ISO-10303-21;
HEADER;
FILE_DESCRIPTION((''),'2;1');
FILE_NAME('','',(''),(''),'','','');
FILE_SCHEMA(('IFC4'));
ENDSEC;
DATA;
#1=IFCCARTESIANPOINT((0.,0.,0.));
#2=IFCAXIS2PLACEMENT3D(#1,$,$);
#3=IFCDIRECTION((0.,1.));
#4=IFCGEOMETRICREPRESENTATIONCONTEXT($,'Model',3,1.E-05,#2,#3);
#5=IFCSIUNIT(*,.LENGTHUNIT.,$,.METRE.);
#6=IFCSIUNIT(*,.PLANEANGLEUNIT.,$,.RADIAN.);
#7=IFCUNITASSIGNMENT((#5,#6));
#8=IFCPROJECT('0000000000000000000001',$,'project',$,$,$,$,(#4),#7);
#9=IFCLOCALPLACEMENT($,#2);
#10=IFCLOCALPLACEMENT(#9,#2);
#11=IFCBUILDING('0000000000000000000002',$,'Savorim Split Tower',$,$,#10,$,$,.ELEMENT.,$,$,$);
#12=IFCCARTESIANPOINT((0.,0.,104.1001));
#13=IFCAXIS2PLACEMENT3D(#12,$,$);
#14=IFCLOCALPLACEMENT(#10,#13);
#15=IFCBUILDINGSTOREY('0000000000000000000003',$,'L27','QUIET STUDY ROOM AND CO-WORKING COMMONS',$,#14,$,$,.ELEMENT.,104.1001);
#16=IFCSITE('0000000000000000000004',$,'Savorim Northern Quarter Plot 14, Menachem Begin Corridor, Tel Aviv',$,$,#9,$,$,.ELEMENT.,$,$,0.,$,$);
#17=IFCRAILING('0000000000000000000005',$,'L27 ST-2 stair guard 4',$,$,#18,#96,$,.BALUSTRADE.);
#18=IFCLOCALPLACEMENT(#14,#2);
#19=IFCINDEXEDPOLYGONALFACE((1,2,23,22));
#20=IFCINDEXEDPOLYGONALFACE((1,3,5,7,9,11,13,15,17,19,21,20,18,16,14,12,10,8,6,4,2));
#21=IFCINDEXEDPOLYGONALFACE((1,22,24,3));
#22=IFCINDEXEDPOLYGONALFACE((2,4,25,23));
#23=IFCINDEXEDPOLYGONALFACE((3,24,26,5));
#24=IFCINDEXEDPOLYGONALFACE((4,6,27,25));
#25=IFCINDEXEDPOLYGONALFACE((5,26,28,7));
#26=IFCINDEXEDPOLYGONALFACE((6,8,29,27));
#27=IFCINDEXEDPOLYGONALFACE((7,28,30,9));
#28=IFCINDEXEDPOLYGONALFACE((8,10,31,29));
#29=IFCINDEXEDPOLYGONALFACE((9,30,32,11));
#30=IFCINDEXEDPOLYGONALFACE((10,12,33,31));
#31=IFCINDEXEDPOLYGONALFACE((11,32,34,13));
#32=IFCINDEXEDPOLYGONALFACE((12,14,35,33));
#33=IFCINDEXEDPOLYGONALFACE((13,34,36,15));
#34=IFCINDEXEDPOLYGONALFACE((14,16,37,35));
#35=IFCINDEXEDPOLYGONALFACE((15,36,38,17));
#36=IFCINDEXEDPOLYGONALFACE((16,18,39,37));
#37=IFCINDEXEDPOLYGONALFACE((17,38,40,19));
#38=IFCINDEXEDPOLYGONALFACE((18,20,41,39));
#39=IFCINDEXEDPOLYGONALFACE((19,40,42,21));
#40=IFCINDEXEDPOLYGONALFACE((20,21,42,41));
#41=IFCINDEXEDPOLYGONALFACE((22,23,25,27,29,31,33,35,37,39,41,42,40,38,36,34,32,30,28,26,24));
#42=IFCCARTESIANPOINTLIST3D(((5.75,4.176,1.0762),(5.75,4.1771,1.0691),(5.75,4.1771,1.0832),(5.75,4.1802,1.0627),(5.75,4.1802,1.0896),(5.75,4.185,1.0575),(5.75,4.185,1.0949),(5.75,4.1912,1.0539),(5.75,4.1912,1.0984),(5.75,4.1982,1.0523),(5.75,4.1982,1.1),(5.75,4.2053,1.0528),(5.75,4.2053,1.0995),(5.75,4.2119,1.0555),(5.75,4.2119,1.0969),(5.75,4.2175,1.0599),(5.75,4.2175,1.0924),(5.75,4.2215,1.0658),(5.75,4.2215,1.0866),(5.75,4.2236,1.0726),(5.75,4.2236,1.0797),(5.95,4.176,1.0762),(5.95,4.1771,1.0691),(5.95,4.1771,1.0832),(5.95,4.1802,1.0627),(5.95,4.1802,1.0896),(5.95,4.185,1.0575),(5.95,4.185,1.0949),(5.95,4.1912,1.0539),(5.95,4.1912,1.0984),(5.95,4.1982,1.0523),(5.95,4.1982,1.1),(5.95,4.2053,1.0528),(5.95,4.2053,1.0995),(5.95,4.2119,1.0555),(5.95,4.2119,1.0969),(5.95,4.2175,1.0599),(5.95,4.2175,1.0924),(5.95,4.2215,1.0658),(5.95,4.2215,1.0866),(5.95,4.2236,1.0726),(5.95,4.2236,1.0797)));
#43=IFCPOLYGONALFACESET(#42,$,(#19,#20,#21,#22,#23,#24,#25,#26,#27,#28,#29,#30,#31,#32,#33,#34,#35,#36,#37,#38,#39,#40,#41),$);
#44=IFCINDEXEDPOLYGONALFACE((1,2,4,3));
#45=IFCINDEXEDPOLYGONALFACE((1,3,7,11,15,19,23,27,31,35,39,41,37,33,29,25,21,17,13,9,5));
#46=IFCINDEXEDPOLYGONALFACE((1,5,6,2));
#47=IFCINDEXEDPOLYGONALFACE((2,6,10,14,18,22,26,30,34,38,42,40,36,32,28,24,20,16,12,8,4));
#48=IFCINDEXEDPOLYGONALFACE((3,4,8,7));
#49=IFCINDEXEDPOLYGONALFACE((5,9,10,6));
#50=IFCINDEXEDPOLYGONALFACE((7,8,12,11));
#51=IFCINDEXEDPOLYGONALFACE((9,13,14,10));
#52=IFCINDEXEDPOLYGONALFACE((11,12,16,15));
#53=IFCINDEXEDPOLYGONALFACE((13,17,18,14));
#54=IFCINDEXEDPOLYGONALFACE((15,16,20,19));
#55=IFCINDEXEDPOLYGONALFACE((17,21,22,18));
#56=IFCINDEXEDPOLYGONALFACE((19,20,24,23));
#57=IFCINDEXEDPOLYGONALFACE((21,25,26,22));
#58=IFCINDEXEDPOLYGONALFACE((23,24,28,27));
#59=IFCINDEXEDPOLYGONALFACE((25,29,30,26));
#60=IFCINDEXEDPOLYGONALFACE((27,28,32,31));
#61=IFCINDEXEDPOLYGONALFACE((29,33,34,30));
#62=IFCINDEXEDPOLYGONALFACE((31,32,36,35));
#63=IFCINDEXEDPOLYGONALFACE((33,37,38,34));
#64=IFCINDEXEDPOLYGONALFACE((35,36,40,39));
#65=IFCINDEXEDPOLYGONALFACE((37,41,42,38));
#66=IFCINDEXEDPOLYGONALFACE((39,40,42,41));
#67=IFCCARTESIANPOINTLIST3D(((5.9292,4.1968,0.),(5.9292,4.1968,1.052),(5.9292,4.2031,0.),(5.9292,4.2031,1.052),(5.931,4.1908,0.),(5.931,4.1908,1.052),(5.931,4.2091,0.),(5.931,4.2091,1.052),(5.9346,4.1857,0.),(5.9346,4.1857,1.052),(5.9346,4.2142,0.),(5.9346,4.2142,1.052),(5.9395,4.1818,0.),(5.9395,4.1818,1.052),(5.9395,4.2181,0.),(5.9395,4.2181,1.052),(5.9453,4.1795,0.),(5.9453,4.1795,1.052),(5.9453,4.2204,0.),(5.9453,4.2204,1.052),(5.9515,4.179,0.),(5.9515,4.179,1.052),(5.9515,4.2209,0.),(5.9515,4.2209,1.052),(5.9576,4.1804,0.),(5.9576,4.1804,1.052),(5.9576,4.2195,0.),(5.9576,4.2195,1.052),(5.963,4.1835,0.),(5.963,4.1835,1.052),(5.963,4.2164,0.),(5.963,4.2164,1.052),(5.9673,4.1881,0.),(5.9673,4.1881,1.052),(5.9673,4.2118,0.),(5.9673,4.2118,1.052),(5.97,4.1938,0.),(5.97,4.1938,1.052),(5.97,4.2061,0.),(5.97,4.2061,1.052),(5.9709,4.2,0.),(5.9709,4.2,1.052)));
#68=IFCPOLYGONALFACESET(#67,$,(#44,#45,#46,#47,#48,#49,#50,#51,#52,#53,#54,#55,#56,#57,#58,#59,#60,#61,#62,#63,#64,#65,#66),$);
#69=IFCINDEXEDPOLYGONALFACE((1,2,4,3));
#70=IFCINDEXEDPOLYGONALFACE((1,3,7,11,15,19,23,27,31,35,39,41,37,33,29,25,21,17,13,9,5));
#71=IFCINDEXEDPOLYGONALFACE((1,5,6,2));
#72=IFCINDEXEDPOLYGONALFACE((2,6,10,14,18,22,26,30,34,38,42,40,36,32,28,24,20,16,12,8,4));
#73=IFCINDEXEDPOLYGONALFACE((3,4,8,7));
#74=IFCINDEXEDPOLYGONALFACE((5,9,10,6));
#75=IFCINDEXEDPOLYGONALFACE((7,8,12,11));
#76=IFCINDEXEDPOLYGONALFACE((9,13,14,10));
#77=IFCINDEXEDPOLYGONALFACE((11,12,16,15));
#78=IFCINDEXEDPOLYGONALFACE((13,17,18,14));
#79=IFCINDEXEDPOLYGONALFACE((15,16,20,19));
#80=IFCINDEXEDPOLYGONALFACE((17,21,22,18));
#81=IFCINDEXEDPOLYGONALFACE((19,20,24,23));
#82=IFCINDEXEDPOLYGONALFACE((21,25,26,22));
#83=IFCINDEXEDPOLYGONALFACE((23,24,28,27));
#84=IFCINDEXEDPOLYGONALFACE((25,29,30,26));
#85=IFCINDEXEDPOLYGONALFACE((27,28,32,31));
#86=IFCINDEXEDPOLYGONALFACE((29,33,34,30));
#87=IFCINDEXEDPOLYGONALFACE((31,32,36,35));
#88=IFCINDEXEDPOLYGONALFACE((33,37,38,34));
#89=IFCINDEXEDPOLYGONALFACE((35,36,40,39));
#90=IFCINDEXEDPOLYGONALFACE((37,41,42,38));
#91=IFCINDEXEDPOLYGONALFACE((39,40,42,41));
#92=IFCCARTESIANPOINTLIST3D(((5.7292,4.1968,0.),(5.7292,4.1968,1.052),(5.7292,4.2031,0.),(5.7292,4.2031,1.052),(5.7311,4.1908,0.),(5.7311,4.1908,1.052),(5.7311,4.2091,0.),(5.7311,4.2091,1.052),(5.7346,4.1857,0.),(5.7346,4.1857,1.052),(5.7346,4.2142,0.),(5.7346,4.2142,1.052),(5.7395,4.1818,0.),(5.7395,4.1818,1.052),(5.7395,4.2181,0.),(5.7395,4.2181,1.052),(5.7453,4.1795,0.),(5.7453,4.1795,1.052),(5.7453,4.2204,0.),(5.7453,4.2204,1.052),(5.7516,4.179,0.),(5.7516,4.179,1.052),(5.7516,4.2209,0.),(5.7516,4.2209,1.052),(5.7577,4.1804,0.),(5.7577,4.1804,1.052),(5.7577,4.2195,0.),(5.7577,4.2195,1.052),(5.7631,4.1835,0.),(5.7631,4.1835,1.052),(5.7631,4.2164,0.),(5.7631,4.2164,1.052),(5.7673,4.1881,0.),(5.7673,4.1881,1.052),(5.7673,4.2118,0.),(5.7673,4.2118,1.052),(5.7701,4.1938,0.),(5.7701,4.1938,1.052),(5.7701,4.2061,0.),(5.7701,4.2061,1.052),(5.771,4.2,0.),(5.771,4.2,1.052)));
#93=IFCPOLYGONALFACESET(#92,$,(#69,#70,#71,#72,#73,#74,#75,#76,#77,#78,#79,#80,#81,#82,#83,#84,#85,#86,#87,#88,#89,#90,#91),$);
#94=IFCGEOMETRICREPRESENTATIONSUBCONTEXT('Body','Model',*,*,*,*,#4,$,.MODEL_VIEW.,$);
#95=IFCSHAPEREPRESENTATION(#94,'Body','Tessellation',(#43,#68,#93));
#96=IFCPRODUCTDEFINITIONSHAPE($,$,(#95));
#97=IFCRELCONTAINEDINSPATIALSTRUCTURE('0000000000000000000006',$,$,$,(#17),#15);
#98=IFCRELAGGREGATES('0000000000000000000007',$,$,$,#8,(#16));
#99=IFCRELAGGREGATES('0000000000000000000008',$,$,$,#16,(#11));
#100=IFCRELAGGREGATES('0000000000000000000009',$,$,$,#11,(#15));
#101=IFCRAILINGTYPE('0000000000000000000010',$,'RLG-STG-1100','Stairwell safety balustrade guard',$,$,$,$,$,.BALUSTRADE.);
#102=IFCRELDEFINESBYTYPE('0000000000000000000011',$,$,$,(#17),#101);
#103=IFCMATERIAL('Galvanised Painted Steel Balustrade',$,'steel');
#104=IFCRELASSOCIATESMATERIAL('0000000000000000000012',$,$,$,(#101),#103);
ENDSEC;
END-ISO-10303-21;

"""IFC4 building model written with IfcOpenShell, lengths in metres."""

from ifc_helpers import new_model, si_unit, direction, frame, origin, origin_2d, place, context, subcontext, project, spatial, circle, extrude, material, type_object, element, save


model = new_model("IFC4")

# Units and contexts
model_context = context("Model", 3, precision=1e-05, world=origin(), true_north=direction((0.0, 1.0)))
body_context = subcontext(model_context, "Body", "Model", "MODEL_VIEW")
ifc_project = project(units=[si_unit("LENGTHUNIT", "METRE"), si_unit("PLANEANGLEUNIT", "RADIAN")], contexts=[model_context])

# Site, building, storey
site_placement = place(None, origin())
site = spatial("IfcSite", under=ifc_project, at=site_placement, Name="Savorim Northern Quarter Plot 14, Menachem Begin Corridor, Tel Aviv", CompositionType="ELEMENT", RefElevation=0.0)
building_placement = place(site_placement, origin())
building = spatial("IfcBuilding", under=site, at=building_placement, Name="Savorim Split Tower", CompositionType="ELEMENT")
storey_placement = place(building_placement, frame((0.0, 0.0, 104.1001)))
storey = spatial("IfcBuildingStorey", under=building, at=storey_placement, Name="L27", Description="QUIET STUDY ROOM AND CO-WORKING COMMONS", CompositionType="ELEMENT", Elevation=104.1001)

# Railing
ifc_material_1 = material(Name="Galvanised Painted Steel Balustrade", Category="steel")
railing_type_1 = type_object("IfcRailingType", Name="RLG-STG-1100", Description="Stairwell safety balustrade guard", PredefinedType="BALUSTRADE", material=ifc_material_1)
railing_1_placement = place(storey_placement, frame((5.95, 4.2, 0.0)))
element("IfcRailing", 1, at=railing_1_placement, inside=storey, type_object=railing_type_1, Name="L27 ST-2 stair guard 4", PredefinedType="BALUSTRADE", context=body_context, shape_type="SweptSolid", body=[
    extrude(circle(Radius=0.0239, at=origin_2d()), frame((0.0, 0.0, 1.0762), z_axis=(-1.0, 0.0, 0.0), x_axis=(0.0, -1.0, 0.0)), (0.0, 0.0, 1.0), 0.2),
    extrude(circle(Radius=0.021, at=origin_2d()), origin(), (0.0, 0.0, 1.0), 1.052),
    extrude(circle(Radius=0.021, at=origin_2d()), frame((-0.2, 0.0, 0.0)), (0.0, 0.0, 1.0), 1.052),
])

save(model, "model.ifc")
